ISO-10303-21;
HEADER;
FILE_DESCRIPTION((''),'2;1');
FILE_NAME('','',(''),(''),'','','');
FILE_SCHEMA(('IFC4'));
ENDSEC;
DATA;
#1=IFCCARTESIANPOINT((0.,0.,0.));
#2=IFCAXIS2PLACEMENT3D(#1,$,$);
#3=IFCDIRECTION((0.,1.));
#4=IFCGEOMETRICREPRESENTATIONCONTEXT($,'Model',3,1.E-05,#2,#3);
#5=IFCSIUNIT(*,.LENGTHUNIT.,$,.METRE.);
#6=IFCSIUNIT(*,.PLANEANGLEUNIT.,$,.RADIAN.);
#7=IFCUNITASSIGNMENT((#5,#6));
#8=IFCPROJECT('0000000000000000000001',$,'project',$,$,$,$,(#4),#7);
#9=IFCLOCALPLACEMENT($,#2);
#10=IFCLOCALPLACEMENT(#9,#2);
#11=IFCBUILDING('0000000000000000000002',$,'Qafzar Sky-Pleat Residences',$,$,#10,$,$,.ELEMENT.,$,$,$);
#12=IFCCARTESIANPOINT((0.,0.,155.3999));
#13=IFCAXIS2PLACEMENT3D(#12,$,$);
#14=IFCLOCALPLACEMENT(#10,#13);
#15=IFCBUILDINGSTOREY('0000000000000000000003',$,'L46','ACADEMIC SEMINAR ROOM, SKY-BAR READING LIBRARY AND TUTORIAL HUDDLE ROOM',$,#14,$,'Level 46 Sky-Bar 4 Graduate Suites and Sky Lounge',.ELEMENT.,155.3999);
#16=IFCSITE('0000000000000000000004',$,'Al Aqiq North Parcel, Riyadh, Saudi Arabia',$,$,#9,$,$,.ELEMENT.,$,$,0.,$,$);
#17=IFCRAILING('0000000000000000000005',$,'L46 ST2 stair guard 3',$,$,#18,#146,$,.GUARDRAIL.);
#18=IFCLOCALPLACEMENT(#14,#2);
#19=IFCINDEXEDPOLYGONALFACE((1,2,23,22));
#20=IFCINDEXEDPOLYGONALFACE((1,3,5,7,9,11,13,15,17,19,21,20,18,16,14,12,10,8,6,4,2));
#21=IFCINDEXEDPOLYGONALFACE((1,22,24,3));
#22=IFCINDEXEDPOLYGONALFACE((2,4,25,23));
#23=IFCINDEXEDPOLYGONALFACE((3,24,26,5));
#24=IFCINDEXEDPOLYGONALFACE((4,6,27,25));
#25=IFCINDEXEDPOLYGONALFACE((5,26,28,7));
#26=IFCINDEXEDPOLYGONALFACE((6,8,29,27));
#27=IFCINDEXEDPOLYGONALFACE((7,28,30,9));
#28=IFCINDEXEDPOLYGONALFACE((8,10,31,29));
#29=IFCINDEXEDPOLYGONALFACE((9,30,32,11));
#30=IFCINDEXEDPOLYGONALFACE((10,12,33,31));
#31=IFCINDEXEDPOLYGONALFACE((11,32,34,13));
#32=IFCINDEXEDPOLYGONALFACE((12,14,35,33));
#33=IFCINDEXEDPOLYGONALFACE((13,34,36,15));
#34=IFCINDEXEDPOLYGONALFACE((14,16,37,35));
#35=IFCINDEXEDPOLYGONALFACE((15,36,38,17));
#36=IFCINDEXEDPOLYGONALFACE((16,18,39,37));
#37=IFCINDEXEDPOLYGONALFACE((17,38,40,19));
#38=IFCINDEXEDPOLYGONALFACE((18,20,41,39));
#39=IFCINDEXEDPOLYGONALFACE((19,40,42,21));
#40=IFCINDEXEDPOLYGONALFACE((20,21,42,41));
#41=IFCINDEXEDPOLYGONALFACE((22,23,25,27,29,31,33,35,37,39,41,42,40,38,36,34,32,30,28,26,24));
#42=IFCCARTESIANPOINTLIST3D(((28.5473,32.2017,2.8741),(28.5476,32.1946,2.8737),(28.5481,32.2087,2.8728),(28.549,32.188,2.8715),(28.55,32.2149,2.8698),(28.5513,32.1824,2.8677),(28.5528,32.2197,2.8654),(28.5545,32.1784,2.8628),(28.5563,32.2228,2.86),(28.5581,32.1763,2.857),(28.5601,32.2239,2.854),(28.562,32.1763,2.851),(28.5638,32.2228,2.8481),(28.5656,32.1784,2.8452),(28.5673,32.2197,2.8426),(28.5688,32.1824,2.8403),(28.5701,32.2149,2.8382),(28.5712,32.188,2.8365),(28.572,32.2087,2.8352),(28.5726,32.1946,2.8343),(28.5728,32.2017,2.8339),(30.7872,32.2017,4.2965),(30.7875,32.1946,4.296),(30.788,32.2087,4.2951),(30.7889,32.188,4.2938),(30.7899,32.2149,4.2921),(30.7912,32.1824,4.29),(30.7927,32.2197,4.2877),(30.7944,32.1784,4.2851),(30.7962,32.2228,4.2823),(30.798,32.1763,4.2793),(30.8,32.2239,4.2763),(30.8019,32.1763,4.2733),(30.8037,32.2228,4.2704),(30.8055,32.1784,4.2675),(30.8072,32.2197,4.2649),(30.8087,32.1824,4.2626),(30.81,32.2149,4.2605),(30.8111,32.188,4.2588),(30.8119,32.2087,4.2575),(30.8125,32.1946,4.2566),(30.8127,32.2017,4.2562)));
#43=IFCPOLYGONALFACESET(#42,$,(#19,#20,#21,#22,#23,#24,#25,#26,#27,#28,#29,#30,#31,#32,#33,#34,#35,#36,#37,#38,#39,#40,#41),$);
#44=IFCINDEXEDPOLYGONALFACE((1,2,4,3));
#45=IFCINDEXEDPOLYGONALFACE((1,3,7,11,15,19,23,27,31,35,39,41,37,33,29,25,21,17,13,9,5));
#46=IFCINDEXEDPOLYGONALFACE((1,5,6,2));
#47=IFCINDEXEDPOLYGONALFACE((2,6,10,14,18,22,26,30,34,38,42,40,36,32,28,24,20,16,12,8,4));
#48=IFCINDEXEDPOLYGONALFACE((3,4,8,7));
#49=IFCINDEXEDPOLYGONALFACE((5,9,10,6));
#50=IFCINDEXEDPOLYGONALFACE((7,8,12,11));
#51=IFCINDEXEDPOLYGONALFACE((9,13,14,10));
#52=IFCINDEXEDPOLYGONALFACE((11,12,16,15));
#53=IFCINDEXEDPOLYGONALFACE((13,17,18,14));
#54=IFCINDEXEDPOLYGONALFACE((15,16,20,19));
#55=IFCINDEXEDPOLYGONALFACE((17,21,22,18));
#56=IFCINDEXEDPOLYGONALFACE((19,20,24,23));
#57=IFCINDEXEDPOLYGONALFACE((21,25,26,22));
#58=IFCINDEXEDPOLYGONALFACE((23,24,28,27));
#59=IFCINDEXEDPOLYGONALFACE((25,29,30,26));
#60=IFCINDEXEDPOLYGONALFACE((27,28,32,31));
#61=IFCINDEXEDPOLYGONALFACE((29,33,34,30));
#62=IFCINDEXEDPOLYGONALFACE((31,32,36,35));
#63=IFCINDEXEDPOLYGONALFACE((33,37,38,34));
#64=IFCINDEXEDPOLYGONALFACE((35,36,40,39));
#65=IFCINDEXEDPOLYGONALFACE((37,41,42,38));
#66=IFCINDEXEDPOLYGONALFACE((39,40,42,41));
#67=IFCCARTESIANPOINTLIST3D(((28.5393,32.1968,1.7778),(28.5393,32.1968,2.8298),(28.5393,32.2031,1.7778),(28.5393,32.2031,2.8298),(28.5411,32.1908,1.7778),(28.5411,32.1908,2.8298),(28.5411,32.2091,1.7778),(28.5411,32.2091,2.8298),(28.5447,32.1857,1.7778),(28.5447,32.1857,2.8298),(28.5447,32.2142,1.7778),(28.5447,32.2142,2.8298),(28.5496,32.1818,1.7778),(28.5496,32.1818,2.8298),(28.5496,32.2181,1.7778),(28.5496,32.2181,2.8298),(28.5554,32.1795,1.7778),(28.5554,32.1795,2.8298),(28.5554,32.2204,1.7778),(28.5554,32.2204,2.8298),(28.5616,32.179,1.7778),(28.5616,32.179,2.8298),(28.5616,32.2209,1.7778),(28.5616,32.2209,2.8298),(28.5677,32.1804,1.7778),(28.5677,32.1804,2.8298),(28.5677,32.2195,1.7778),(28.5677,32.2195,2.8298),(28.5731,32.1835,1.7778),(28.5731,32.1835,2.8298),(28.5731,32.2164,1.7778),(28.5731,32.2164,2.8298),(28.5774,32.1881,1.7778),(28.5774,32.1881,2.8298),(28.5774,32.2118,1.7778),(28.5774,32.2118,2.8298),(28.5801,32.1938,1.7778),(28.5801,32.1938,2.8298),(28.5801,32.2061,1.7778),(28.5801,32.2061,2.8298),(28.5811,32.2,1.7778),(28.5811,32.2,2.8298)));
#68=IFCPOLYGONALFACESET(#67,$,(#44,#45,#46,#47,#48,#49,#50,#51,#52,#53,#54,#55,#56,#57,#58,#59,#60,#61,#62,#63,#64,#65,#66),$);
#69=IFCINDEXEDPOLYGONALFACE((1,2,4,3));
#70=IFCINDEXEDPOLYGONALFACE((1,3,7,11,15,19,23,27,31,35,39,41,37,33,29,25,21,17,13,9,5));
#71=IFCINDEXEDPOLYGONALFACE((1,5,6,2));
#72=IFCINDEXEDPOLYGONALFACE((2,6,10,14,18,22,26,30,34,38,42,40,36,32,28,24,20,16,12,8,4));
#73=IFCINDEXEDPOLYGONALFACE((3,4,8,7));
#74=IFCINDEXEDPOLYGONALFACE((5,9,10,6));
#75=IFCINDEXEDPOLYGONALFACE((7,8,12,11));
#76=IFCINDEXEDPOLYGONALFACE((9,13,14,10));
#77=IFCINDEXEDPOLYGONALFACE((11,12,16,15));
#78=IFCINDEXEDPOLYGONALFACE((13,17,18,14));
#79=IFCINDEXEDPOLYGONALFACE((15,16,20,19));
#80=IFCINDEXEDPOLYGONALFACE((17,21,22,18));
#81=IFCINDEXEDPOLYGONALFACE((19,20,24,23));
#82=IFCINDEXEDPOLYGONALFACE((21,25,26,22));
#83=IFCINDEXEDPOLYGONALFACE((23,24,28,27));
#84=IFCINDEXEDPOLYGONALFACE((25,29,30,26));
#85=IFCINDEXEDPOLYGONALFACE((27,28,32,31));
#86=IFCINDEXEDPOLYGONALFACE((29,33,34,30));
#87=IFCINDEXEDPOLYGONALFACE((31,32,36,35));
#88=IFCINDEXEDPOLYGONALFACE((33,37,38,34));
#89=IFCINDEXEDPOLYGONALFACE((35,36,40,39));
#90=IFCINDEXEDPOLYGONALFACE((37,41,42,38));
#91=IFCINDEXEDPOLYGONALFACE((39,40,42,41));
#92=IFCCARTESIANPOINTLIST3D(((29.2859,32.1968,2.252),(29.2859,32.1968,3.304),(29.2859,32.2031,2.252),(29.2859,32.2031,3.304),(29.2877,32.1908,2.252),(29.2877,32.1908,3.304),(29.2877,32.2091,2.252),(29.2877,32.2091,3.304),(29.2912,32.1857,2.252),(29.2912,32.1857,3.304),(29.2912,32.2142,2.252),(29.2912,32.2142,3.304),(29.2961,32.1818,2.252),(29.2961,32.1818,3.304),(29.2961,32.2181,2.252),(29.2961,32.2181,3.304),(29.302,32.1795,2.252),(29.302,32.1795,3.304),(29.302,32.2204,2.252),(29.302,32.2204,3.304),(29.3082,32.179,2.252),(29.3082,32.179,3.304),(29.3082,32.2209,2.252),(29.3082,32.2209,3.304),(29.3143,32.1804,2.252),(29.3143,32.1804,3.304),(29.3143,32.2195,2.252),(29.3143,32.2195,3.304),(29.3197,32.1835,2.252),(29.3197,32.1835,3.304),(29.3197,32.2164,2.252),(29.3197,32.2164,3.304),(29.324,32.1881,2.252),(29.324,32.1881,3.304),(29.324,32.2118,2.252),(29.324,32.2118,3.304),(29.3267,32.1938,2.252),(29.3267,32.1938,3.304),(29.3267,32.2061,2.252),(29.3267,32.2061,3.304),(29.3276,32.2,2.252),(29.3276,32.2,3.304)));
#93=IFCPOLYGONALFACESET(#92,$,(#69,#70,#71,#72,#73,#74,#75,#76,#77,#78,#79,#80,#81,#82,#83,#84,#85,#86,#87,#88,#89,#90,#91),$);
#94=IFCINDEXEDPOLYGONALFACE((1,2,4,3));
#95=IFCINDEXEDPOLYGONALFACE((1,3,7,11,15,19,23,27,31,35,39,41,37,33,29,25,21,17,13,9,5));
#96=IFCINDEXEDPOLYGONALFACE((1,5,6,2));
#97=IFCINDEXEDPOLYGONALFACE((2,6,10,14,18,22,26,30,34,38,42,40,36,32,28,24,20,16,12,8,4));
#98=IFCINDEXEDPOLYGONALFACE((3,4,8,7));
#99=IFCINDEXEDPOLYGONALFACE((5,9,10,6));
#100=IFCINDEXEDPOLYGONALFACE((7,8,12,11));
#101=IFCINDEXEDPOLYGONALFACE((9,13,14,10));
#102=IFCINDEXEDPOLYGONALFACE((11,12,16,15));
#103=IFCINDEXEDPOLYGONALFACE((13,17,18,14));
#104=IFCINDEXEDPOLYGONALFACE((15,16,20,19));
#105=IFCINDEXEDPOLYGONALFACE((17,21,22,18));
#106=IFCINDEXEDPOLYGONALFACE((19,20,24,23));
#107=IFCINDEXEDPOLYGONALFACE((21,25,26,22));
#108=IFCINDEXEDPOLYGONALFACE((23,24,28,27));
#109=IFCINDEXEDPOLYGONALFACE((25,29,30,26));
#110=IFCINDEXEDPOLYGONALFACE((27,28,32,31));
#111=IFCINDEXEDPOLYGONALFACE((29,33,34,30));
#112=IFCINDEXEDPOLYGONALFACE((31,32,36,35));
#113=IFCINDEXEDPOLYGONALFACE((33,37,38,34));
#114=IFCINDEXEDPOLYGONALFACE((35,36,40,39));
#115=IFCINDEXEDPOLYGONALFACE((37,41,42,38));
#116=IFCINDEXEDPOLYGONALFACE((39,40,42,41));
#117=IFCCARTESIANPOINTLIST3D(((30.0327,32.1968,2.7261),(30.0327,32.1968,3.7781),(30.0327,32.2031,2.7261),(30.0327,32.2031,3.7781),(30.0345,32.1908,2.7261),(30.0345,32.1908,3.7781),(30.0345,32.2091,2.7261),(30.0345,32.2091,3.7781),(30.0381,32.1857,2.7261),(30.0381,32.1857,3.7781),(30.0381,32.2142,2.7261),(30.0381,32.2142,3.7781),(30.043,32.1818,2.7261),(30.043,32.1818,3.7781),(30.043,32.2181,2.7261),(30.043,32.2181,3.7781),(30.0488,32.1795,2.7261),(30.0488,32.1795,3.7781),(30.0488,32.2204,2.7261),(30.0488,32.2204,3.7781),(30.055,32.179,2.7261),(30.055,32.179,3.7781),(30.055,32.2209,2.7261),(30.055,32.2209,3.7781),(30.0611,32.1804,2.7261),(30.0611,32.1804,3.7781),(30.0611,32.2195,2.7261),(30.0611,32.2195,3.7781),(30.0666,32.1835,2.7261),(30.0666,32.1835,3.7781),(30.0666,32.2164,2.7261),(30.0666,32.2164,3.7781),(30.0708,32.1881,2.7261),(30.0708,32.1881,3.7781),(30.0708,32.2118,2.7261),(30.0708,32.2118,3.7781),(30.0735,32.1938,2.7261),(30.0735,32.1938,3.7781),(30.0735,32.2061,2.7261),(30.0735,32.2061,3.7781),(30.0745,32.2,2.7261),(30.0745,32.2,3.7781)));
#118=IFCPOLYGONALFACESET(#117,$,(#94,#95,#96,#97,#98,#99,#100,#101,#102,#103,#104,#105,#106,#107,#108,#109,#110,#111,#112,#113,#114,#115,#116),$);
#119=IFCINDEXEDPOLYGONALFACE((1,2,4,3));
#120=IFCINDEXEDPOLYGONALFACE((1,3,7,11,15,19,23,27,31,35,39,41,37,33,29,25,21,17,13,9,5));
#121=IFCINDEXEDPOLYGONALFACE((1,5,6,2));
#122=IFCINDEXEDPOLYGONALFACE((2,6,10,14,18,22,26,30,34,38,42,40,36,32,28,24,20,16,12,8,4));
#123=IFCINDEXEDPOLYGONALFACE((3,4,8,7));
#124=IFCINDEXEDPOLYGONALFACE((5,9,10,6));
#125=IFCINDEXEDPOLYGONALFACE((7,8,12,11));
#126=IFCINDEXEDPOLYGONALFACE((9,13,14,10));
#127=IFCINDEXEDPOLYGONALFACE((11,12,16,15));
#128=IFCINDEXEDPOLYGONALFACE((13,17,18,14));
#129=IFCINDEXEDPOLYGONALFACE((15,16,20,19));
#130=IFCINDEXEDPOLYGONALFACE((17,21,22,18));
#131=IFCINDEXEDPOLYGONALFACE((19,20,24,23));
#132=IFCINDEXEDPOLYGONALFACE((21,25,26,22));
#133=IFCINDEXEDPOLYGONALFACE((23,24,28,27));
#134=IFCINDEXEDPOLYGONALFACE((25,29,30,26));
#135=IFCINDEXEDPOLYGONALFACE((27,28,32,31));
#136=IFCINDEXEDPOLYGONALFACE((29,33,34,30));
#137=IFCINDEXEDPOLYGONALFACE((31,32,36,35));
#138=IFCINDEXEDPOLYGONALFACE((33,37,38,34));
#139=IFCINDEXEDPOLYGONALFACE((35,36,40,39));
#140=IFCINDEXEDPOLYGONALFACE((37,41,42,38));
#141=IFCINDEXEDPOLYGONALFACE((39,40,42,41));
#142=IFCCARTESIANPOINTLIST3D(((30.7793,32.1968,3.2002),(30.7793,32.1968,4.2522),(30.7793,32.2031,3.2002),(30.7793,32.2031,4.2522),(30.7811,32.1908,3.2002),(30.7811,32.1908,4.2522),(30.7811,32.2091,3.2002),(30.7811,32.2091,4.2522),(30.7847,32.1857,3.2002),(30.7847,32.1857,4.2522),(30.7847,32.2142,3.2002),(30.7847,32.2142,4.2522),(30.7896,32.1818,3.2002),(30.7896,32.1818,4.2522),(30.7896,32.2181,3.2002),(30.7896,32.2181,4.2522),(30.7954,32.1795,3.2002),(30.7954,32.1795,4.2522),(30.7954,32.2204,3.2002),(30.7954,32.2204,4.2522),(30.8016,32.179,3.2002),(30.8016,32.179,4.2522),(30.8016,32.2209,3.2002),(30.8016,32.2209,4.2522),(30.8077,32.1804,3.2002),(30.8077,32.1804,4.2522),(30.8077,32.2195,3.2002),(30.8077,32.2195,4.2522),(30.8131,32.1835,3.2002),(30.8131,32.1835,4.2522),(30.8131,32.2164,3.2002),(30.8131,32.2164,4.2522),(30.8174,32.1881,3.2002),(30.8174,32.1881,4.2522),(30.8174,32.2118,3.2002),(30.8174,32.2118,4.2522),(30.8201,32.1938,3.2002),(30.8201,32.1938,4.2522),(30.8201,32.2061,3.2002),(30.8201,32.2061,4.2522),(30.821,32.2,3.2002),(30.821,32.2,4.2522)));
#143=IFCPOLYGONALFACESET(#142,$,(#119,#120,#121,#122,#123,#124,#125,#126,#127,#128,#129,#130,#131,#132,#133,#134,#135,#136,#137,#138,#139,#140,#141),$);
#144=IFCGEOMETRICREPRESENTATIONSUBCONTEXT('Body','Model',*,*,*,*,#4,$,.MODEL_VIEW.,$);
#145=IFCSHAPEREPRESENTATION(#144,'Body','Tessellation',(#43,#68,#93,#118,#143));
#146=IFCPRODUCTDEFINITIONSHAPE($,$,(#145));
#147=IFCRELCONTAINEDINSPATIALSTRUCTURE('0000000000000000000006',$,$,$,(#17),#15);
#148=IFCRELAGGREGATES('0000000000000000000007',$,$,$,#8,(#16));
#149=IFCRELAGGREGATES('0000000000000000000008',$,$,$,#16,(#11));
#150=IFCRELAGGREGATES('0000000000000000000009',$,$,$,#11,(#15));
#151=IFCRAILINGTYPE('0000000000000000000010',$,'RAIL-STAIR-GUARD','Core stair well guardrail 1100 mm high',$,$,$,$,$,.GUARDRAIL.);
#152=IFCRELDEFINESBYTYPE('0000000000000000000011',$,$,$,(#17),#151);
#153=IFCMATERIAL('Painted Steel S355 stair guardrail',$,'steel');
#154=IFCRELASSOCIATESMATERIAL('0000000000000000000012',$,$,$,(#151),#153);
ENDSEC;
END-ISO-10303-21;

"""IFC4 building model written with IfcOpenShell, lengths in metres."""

from ifc_helpers import new_model, si_unit, direction, frame, origin, origin_2d, place, context, subcontext, project, spatial, circle, extrude, source, transform, mapped, material, type_object, element, save


model = new_model("IFC4")

# Units and contexts
model_context = context("Model", 3, precision=1e-05, world=origin(), true_north=direction((0.0, 1.0)))
body_context = subcontext(model_context, "Body", "Model", "MODEL_VIEW")
ifc_project = project(units=[si_unit("LENGTHUNIT", "METRE"), si_unit("PLANEANGLEUNIT", "RADIAN")], contexts=[model_context])

# Site, building, storey
site_placement = place(None, origin())
site = spatial("IfcSite", under=ifc_project, at=site_placement, Name="Al Aqiq North Parcel, Riyadh, Saudi Arabia", CompositionType="ELEMENT", RefElevation=0.0)
building_placement = place(site_placement, origin())
building = spatial("IfcBuilding", under=site, at=building_placement, Name="Qafzar Sky-Pleat Residences", CompositionType="ELEMENT")
storey_placement = place(building_placement, frame((0.0, 0.0, 155.3999)))
storey = spatial("IfcBuildingStorey", under=building, at=storey_placement, Name="L46", Description="ACADEMIC SEMINAR ROOM, SKY-BAR READING LIBRARY AND TUTORIAL HUDDLE ROOM", LongName="Level 46 Sky-Bar 4 Graduate Suites and Sky Lounge", CompositionType="ELEMENT", Elevation=155.3999)

# Railing
ifc_material_1 = material(Name="Painted Steel S355 stair guardrail", Category="steel")
railing_type_1 = type_object("IfcRailingType", Name="RAIL-STAIR-GUARD", Description="Core stair well guardrail 1100 mm high", PredefinedType="GUARDRAIL", material=ifc_material_1)
shared_shape_1 = source(origin(), body_context, "Body", "SweptSolid", [
    extrude(circle(Radius=0.0239, at=origin_2d()), frame((0.0, 0.0, 1.0762), z_axis=(0.844188, 0.0, 0.536048), x_axis=(0.0, 1.0, 0.0)), (0.0, 0.0, 1.0), 2.6533),
    extrude(circle(Radius=0.021, at=origin_2d()), origin(), (0.0, 0.0, 1.0), 1.052),
    extrude(circle(Radius=0.021, at=origin_2d()), frame((0.7466, 0.0, 0.4741)), (0.0, 0.0, 1.0), 1.052),
    extrude(circle(Radius=0.021, at=origin_2d()), frame((1.4934, 0.0, 0.9482)), (0.0, 0.0, 1.0), 1.052),
    extrude(circle(Radius=0.021, at=origin_2d()), frame((2.24, 0.0, 1.4224)), (0.0, 0.0, 1.0), 1.052),
])
railing_1_placement = place(storey_placement, frame((28.5601, 32.2, 1.7778)))
element("IfcRailing", 1, at=railing_1_placement, inside=storey, type_object=railing_type_1, Name="L46 ST2 stair guard 3", PredefinedType="GUARDRAIL", context=body_context, shape_type="MappedRepresentation", body=[
    mapped(shared_shape_1, transform((0.0, 0.0, 0.0), x_axis=(1.0, 0.0, 0.0), y_axis=(0.0, 1.0, 0.0), z_axis=(0.0, 0.0, 1.0), scale=1.0)),
])

save(model, "model.ifc")
